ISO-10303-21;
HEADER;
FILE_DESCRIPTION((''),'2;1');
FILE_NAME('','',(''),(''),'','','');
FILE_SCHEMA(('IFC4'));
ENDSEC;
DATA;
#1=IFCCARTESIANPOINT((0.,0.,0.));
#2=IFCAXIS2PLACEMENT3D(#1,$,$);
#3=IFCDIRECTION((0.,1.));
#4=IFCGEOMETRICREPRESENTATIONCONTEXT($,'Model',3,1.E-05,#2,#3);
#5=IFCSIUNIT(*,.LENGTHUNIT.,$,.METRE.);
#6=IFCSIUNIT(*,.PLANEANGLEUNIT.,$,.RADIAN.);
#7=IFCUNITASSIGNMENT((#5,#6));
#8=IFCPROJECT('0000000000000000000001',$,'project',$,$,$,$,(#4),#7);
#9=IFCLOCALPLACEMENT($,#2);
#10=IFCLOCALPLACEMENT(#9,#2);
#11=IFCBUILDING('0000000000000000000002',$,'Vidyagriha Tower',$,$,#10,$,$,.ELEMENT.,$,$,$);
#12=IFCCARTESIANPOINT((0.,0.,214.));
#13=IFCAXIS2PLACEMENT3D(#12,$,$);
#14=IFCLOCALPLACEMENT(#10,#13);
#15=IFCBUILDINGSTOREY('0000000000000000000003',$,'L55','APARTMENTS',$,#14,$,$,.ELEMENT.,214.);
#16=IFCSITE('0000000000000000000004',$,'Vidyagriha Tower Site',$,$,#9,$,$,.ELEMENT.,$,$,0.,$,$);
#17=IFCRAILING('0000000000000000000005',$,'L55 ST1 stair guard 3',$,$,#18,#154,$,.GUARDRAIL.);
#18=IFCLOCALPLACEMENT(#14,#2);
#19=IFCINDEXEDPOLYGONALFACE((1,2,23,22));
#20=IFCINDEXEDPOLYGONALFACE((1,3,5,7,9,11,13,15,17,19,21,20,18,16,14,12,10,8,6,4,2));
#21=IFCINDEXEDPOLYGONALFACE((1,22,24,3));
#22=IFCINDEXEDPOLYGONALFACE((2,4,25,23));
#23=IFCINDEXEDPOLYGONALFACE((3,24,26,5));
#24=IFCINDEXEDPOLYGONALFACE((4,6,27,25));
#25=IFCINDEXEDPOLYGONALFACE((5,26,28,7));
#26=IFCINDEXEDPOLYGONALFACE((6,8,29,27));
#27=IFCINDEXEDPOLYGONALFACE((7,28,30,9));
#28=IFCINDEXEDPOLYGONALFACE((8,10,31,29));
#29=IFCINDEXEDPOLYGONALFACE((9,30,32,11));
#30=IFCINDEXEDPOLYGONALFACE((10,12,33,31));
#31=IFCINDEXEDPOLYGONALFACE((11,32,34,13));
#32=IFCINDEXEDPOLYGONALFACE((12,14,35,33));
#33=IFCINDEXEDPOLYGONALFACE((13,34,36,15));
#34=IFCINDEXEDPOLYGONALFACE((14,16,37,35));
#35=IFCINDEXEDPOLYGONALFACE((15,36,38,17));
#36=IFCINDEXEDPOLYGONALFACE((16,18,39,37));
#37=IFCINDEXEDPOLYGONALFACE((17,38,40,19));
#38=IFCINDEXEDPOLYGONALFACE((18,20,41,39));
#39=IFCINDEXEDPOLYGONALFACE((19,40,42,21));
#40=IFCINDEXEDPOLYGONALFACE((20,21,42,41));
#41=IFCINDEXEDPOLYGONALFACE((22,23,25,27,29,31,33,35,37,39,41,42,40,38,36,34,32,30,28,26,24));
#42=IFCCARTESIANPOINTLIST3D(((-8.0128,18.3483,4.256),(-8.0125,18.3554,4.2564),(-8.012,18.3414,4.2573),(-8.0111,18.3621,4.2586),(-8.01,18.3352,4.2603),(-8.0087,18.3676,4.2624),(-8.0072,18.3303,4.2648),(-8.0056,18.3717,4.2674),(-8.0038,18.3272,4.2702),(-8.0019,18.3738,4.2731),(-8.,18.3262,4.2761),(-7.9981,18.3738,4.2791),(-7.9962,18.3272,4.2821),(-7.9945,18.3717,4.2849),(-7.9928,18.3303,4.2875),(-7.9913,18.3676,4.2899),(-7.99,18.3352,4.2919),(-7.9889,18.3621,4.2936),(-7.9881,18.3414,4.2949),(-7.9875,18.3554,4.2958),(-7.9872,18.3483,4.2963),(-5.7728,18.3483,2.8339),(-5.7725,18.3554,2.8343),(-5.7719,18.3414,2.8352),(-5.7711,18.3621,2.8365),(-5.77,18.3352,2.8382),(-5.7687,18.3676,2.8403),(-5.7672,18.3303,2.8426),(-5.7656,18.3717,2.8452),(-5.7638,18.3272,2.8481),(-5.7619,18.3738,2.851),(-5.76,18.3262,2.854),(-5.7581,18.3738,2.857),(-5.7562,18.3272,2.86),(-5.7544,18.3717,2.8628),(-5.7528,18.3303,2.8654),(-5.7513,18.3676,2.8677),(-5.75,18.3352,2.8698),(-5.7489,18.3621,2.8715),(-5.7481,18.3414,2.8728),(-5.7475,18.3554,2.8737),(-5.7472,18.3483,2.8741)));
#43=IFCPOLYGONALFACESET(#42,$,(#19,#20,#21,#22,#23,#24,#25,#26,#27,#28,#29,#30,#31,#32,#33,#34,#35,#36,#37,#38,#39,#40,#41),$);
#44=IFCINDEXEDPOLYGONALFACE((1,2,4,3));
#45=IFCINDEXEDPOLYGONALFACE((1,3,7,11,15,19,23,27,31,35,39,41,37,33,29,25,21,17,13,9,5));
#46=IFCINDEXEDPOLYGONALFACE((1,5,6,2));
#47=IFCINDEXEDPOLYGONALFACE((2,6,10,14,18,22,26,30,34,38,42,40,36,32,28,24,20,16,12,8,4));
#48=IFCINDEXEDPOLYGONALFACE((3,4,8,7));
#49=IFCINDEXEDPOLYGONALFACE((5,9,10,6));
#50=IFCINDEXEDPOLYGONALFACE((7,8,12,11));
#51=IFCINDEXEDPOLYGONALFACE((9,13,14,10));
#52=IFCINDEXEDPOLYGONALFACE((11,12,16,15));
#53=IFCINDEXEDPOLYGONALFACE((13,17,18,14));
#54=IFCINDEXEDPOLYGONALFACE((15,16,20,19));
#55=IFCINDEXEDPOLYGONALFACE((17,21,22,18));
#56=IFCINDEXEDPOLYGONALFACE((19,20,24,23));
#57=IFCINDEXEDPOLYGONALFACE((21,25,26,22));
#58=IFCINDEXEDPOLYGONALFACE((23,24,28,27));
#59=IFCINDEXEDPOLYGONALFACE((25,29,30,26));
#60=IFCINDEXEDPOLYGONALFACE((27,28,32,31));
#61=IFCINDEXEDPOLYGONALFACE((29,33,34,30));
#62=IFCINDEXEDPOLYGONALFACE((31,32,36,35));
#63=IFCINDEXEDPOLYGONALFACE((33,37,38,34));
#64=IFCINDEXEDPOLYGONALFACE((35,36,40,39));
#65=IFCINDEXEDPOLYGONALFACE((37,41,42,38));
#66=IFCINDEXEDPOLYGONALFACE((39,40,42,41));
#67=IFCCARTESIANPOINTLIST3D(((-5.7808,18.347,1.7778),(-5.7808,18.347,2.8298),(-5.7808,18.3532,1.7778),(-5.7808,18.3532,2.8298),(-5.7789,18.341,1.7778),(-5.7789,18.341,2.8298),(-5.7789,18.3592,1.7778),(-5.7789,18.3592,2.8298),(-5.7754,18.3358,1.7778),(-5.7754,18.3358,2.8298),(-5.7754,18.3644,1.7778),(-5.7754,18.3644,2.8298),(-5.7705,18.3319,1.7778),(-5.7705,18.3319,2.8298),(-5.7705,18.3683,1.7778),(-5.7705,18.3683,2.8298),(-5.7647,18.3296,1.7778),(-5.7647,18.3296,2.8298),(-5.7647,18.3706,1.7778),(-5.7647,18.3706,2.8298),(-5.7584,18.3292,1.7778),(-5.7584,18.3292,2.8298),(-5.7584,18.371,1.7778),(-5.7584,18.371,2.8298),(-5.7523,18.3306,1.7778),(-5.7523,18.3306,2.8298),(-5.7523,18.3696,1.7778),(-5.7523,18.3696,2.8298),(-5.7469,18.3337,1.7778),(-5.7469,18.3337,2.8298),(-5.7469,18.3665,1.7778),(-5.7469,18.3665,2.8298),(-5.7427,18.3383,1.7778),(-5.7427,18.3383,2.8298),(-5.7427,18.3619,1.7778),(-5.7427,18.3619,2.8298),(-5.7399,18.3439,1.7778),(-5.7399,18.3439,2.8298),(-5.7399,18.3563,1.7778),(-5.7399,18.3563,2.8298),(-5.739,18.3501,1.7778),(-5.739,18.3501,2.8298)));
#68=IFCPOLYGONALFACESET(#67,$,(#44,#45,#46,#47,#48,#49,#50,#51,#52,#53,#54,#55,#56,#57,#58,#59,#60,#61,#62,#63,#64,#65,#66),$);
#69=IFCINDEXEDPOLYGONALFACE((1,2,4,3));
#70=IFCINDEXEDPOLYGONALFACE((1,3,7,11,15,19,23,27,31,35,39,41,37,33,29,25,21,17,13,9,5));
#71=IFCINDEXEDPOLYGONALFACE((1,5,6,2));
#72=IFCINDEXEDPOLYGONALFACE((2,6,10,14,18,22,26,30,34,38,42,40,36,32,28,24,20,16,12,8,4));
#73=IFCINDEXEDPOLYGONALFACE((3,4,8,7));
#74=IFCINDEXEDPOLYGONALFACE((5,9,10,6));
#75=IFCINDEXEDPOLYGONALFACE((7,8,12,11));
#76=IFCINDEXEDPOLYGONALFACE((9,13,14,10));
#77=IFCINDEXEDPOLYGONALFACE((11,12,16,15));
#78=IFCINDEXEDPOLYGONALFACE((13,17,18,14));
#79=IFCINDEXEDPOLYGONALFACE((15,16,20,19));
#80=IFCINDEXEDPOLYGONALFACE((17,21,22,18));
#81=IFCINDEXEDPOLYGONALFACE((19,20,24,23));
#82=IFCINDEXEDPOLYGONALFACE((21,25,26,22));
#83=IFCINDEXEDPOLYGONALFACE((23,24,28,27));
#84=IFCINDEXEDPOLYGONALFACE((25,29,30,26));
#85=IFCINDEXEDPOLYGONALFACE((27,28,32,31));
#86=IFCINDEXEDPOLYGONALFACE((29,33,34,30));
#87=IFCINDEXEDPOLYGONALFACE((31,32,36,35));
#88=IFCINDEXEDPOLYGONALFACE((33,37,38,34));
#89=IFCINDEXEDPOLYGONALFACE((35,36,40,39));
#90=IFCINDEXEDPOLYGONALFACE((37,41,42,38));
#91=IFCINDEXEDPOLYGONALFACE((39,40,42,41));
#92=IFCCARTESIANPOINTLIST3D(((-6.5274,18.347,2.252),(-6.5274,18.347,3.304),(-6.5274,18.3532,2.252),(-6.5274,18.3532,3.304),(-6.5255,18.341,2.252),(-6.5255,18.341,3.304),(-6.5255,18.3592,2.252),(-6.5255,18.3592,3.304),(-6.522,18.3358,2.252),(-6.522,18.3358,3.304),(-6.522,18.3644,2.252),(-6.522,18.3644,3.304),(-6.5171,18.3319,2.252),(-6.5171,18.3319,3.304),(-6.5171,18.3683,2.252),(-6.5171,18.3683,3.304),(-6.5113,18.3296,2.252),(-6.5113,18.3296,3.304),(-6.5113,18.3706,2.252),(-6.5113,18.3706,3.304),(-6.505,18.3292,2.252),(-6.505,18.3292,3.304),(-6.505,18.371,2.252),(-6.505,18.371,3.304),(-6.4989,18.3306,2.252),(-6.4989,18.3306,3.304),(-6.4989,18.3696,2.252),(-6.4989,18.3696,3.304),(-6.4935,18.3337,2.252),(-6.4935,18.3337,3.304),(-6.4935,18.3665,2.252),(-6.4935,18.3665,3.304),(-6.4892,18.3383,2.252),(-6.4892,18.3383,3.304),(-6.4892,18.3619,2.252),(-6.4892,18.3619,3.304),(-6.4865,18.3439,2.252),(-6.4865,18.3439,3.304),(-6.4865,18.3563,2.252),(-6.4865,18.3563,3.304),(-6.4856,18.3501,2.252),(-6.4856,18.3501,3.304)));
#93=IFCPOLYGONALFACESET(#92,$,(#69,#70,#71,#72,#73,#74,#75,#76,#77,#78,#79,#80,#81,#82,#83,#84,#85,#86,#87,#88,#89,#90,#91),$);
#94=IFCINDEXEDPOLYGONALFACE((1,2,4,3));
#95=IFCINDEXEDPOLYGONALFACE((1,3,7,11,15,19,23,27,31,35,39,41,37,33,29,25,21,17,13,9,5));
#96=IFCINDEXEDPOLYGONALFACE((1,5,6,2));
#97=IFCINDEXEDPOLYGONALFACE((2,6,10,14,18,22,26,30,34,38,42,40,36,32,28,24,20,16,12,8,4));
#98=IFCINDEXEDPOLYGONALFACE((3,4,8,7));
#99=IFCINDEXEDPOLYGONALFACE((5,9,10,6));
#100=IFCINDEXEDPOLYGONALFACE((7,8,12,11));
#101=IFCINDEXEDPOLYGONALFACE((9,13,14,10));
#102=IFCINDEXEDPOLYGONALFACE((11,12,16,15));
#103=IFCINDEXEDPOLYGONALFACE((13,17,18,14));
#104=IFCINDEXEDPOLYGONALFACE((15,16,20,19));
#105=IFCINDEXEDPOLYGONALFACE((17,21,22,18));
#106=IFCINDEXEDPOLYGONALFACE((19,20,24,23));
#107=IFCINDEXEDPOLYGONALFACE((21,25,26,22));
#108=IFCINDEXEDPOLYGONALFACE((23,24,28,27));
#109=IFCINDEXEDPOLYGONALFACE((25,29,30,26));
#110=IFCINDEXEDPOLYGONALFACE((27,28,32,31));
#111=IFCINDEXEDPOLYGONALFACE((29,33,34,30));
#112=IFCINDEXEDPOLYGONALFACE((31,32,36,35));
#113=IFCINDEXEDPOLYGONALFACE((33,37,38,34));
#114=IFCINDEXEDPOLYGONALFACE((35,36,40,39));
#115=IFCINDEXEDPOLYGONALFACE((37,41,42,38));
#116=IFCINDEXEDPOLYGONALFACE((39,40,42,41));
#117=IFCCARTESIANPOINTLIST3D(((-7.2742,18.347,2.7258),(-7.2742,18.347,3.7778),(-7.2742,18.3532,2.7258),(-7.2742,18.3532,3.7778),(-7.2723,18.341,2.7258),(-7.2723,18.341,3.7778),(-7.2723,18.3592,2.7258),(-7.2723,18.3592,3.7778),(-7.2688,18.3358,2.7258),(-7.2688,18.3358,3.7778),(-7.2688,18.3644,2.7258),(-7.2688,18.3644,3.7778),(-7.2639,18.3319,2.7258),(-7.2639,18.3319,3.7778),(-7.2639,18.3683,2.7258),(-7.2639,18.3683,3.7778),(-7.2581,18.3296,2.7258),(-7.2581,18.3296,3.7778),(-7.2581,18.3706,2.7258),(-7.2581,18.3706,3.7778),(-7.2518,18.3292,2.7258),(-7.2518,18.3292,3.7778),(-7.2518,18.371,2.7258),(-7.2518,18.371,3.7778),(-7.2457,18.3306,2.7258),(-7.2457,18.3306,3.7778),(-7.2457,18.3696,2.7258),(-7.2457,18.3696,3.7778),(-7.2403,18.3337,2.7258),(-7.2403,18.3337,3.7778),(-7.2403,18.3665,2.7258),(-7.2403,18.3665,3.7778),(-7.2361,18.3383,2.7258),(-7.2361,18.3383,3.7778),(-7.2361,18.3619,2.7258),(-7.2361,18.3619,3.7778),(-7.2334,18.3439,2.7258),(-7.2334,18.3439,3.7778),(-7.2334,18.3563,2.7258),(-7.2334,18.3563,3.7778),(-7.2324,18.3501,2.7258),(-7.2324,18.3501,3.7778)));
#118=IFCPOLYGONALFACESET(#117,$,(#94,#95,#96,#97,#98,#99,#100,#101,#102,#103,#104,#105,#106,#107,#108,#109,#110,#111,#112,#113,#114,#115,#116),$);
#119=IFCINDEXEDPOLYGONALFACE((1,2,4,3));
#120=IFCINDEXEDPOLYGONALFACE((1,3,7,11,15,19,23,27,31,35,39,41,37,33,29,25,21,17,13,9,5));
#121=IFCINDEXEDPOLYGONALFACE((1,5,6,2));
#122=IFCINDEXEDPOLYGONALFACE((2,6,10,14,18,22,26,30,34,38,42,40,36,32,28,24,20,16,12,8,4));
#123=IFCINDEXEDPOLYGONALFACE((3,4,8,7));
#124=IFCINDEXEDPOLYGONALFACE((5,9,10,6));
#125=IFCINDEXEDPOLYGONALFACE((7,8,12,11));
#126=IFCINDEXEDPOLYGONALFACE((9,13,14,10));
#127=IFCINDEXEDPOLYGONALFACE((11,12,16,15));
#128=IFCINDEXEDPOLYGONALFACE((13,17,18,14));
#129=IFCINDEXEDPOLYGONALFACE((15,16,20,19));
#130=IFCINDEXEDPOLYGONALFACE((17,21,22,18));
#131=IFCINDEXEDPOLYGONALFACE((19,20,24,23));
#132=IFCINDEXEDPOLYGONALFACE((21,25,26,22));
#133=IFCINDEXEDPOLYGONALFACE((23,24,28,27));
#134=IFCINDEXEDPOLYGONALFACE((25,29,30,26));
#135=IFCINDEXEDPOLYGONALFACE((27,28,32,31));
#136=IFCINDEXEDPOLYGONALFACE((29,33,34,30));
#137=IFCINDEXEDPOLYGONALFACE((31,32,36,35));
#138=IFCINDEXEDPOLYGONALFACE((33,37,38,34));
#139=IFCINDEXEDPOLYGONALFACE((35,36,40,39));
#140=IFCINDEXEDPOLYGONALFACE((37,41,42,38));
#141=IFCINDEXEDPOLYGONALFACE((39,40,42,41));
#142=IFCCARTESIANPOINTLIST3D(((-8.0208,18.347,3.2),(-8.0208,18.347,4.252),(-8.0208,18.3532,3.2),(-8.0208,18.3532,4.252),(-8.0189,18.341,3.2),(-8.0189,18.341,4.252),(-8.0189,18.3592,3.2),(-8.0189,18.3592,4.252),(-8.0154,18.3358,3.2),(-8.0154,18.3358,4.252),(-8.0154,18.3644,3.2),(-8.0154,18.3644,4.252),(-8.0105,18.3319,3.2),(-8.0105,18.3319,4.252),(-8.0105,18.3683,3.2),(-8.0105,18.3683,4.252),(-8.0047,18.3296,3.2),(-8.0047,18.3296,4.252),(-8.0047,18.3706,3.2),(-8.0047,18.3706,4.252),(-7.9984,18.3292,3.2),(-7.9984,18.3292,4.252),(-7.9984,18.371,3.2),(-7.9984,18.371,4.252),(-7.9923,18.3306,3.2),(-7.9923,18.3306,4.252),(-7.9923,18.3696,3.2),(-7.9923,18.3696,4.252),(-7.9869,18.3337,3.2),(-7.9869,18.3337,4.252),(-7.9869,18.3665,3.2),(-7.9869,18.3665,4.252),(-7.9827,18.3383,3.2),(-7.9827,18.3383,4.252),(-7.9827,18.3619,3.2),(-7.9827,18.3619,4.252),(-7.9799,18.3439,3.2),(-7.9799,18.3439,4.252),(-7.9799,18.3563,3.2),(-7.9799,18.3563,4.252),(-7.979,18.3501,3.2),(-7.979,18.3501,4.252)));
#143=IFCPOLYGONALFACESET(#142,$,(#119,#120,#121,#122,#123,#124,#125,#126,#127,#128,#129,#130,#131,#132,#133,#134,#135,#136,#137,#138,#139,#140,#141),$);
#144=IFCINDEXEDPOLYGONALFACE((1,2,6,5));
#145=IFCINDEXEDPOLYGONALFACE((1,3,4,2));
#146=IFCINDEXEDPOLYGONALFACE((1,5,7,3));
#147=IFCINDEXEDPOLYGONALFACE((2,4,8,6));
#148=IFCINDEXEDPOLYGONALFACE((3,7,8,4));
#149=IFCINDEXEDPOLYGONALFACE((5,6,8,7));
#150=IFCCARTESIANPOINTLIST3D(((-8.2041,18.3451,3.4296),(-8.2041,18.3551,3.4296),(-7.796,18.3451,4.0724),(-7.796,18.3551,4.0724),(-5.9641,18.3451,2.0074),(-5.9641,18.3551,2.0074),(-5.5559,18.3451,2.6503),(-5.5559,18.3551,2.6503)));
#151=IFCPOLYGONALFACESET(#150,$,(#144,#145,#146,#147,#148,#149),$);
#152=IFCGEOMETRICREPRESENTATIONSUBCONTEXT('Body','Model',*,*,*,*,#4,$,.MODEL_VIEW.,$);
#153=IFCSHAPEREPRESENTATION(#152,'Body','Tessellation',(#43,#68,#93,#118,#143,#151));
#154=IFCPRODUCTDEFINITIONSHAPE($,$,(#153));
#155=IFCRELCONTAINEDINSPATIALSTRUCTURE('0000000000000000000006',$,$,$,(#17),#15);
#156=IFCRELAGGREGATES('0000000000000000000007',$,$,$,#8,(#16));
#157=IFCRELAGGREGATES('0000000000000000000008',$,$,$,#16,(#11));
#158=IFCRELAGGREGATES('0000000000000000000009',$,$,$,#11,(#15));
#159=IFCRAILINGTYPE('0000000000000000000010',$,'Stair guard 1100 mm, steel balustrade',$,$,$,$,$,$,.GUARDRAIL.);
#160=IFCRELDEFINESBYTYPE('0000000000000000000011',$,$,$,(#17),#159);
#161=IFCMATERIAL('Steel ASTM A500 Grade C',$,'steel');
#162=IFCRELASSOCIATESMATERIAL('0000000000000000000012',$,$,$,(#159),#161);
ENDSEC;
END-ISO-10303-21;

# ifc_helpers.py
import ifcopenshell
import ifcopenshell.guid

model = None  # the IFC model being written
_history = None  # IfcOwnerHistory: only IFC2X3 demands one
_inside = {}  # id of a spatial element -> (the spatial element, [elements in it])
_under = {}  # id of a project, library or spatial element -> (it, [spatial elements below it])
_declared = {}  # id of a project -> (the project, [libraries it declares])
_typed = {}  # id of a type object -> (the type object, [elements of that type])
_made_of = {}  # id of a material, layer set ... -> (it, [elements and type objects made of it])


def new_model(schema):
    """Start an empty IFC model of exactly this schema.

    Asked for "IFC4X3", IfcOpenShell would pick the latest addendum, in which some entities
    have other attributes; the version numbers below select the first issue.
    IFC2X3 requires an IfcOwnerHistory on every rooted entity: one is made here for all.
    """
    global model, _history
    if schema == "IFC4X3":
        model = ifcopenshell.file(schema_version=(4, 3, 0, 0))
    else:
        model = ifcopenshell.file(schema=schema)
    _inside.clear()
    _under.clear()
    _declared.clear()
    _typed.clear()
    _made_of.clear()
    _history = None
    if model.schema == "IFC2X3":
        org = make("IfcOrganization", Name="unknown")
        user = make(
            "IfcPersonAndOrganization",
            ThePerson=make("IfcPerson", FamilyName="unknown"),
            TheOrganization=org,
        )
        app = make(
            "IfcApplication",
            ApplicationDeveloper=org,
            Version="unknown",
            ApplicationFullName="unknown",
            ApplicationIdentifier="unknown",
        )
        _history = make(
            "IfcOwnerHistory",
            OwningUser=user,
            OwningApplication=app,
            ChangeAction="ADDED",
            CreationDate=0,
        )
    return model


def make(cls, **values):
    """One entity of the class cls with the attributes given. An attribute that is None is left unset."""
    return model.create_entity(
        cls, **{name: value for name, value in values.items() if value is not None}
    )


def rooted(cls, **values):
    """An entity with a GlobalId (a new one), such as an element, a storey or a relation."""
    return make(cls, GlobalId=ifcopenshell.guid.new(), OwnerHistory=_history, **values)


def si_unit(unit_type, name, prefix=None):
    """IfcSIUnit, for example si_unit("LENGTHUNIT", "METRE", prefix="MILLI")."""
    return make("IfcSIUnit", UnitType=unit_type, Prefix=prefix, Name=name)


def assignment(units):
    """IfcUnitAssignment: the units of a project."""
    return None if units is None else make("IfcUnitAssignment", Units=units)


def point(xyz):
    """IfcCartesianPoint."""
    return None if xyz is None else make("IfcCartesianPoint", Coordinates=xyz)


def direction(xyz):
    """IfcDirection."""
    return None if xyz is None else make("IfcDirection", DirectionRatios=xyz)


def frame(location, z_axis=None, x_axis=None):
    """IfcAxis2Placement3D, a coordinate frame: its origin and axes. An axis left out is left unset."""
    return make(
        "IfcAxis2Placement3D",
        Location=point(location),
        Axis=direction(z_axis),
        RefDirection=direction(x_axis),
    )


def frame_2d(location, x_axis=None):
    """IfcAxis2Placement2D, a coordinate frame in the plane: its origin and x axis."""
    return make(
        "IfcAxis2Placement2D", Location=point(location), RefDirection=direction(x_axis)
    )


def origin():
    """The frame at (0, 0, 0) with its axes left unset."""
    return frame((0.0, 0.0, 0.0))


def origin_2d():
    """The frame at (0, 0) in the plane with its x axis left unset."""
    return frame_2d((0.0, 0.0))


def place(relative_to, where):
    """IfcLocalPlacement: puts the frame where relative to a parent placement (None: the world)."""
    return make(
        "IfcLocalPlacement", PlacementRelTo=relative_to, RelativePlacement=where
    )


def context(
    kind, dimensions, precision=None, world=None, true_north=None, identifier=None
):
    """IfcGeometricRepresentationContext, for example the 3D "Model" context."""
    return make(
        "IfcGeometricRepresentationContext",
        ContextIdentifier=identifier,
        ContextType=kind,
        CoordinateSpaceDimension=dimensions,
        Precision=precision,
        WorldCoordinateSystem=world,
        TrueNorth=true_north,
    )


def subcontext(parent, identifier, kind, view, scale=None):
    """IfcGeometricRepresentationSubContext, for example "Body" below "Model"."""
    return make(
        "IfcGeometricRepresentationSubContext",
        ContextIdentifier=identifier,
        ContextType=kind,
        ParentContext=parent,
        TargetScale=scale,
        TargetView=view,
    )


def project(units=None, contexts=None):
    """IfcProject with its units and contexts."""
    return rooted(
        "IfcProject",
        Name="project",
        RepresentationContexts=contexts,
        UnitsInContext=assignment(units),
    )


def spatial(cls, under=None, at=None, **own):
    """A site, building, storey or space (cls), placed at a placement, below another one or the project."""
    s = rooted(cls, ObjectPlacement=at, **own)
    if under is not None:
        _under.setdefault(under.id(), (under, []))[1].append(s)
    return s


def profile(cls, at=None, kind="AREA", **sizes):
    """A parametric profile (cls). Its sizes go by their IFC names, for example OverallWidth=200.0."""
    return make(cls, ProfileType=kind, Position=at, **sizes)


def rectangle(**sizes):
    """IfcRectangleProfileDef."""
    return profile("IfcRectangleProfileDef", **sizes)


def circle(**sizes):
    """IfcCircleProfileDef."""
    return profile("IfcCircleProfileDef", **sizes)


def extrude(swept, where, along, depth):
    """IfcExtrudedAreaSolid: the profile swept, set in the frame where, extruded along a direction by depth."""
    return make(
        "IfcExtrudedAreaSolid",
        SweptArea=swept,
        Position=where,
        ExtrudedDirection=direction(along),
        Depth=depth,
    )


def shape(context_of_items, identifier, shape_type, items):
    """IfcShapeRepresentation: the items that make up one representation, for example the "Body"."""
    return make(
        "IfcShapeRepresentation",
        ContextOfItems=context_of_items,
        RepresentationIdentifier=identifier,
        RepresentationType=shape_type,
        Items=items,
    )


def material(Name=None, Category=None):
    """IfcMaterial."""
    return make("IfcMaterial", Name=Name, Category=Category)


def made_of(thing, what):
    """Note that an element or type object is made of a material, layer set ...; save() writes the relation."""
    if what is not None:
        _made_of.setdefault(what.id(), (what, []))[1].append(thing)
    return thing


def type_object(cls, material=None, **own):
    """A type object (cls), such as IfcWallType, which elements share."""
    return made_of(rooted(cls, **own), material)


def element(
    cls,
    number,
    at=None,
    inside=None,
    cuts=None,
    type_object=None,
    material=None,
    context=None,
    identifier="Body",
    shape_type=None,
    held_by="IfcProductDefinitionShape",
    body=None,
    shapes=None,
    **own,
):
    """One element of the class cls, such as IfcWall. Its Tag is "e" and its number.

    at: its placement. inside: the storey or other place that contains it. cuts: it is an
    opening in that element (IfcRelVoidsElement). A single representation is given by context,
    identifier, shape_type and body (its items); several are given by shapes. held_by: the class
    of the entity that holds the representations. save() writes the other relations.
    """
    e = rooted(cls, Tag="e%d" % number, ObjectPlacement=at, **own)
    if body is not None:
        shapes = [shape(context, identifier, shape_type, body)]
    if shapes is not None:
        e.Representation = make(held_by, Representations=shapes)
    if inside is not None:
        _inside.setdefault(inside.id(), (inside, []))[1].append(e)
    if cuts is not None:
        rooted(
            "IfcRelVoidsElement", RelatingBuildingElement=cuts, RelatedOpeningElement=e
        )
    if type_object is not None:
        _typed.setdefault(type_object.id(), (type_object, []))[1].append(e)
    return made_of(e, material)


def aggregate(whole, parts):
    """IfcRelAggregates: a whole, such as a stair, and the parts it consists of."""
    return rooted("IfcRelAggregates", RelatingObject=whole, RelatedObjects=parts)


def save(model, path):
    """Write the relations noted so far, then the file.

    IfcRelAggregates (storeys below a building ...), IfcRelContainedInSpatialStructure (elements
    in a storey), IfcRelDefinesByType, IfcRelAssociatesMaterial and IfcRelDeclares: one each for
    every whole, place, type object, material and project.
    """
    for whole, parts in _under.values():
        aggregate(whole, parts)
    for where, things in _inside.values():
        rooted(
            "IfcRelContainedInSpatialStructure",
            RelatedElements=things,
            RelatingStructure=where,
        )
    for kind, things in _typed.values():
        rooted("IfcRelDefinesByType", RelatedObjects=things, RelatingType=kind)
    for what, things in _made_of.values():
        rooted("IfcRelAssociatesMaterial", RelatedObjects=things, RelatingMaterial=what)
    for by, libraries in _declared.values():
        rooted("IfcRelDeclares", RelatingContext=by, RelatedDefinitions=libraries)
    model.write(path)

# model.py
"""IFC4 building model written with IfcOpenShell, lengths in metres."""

from ifc_helpers import new_model, si_unit, direction, frame, origin, origin_2d, place, context, subcontext, project, spatial, rectangle, circle, extrude, material, type_object, element, save


model = new_model("IFC4")

# Units and contexts
model_context = context("Model", 3, precision=1e-05, world=origin(), true_north=direction((0.0, 1.0)))
body_context = subcontext(model_context, "Body", "Model", "MODEL_VIEW")
ifc_project = project(units=[si_unit("LENGTHUNIT", "METRE"), si_unit("PLANEANGLEUNIT", "RADIAN")], contexts=[model_context])

# Site, building, storey
site_placement = place(None, origin())
site = spatial("IfcSite", under=ifc_project, at=site_placement, Name="Vidyagriha Tower Site", CompositionType="ELEMENT", RefElevation=0.0)
building_placement = place(site_placement, origin())
building = spatial("IfcBuilding", under=site, at=building_placement, Name="Vidyagriha Tower", CompositionType="ELEMENT")
storey_placement = place(building_placement, frame((0.0, 0.0, 214.0)))
storey = spatial("IfcBuildingStorey", under=building, at=storey_placement, Name="L55", Description="APARTMENTS", CompositionType="ELEMENT", Elevation=214.0)

# Railing
ifc_material_1 = material(Name="Steel ASTM A500 Grade C", Category="steel")
railing_type_1 = type_object("IfcRailingType", Name="Stair guard 1100 mm, steel balustrade", PredefinedType="GUARDRAIL", material=ifc_material_1)
railing_1_placement = place(storey_placement, frame((-5.76, 18.3501, 1.7778)))
element("IfcRailing", 1, at=railing_1_placement, inside=storey, type_object=railing_type_1, Name="L55 ST1 stair guard 3", PredefinedType="GUARDRAIL", context=body_context, shape_type="SweptSolid", body=[
    extrude(circle(Radius=0.0239, at=origin_2d()), frame((0.0, 0.0, 1.0762), z_axis=(-0.844229, 0.0, 0.535982), x_axis=(0.0, -1.0, 0.0)), (0.0, 0.0, 1.0), 2.6533),
    extrude(circle(Radius=0.021, at=origin_2d()), origin(), (0.0, 0.0, 1.0), 1.052),
    extrude(circle(Radius=0.021, at=origin_2d()), frame((-0.7466, 0.0, 0.4741)), (0.0, 0.0, 1.0), 1.052),
    extrude(circle(Radius=0.021, at=origin_2d()), frame((-1.4934, 0.0, 0.948)), (0.0, 0.0, 1.0), 1.052),
    extrude(circle(Radius=0.021, at=origin_2d()), frame((-2.24, 0.0, 1.4221)), (0.0, 0.0, 1.0), 1.052),
    extrude(rectangle(XDim=0.01, YDim=0.7615, at=origin_2d()), frame((0.0, 0.0, 0.551), z_axis=(-0.844229, 0.0, 0.535982), x_axis=(0.0, -1.0, 0.0)), (0.0, 0.0, 1.0), 2.6533),
])

save(model, "model.ifc")
